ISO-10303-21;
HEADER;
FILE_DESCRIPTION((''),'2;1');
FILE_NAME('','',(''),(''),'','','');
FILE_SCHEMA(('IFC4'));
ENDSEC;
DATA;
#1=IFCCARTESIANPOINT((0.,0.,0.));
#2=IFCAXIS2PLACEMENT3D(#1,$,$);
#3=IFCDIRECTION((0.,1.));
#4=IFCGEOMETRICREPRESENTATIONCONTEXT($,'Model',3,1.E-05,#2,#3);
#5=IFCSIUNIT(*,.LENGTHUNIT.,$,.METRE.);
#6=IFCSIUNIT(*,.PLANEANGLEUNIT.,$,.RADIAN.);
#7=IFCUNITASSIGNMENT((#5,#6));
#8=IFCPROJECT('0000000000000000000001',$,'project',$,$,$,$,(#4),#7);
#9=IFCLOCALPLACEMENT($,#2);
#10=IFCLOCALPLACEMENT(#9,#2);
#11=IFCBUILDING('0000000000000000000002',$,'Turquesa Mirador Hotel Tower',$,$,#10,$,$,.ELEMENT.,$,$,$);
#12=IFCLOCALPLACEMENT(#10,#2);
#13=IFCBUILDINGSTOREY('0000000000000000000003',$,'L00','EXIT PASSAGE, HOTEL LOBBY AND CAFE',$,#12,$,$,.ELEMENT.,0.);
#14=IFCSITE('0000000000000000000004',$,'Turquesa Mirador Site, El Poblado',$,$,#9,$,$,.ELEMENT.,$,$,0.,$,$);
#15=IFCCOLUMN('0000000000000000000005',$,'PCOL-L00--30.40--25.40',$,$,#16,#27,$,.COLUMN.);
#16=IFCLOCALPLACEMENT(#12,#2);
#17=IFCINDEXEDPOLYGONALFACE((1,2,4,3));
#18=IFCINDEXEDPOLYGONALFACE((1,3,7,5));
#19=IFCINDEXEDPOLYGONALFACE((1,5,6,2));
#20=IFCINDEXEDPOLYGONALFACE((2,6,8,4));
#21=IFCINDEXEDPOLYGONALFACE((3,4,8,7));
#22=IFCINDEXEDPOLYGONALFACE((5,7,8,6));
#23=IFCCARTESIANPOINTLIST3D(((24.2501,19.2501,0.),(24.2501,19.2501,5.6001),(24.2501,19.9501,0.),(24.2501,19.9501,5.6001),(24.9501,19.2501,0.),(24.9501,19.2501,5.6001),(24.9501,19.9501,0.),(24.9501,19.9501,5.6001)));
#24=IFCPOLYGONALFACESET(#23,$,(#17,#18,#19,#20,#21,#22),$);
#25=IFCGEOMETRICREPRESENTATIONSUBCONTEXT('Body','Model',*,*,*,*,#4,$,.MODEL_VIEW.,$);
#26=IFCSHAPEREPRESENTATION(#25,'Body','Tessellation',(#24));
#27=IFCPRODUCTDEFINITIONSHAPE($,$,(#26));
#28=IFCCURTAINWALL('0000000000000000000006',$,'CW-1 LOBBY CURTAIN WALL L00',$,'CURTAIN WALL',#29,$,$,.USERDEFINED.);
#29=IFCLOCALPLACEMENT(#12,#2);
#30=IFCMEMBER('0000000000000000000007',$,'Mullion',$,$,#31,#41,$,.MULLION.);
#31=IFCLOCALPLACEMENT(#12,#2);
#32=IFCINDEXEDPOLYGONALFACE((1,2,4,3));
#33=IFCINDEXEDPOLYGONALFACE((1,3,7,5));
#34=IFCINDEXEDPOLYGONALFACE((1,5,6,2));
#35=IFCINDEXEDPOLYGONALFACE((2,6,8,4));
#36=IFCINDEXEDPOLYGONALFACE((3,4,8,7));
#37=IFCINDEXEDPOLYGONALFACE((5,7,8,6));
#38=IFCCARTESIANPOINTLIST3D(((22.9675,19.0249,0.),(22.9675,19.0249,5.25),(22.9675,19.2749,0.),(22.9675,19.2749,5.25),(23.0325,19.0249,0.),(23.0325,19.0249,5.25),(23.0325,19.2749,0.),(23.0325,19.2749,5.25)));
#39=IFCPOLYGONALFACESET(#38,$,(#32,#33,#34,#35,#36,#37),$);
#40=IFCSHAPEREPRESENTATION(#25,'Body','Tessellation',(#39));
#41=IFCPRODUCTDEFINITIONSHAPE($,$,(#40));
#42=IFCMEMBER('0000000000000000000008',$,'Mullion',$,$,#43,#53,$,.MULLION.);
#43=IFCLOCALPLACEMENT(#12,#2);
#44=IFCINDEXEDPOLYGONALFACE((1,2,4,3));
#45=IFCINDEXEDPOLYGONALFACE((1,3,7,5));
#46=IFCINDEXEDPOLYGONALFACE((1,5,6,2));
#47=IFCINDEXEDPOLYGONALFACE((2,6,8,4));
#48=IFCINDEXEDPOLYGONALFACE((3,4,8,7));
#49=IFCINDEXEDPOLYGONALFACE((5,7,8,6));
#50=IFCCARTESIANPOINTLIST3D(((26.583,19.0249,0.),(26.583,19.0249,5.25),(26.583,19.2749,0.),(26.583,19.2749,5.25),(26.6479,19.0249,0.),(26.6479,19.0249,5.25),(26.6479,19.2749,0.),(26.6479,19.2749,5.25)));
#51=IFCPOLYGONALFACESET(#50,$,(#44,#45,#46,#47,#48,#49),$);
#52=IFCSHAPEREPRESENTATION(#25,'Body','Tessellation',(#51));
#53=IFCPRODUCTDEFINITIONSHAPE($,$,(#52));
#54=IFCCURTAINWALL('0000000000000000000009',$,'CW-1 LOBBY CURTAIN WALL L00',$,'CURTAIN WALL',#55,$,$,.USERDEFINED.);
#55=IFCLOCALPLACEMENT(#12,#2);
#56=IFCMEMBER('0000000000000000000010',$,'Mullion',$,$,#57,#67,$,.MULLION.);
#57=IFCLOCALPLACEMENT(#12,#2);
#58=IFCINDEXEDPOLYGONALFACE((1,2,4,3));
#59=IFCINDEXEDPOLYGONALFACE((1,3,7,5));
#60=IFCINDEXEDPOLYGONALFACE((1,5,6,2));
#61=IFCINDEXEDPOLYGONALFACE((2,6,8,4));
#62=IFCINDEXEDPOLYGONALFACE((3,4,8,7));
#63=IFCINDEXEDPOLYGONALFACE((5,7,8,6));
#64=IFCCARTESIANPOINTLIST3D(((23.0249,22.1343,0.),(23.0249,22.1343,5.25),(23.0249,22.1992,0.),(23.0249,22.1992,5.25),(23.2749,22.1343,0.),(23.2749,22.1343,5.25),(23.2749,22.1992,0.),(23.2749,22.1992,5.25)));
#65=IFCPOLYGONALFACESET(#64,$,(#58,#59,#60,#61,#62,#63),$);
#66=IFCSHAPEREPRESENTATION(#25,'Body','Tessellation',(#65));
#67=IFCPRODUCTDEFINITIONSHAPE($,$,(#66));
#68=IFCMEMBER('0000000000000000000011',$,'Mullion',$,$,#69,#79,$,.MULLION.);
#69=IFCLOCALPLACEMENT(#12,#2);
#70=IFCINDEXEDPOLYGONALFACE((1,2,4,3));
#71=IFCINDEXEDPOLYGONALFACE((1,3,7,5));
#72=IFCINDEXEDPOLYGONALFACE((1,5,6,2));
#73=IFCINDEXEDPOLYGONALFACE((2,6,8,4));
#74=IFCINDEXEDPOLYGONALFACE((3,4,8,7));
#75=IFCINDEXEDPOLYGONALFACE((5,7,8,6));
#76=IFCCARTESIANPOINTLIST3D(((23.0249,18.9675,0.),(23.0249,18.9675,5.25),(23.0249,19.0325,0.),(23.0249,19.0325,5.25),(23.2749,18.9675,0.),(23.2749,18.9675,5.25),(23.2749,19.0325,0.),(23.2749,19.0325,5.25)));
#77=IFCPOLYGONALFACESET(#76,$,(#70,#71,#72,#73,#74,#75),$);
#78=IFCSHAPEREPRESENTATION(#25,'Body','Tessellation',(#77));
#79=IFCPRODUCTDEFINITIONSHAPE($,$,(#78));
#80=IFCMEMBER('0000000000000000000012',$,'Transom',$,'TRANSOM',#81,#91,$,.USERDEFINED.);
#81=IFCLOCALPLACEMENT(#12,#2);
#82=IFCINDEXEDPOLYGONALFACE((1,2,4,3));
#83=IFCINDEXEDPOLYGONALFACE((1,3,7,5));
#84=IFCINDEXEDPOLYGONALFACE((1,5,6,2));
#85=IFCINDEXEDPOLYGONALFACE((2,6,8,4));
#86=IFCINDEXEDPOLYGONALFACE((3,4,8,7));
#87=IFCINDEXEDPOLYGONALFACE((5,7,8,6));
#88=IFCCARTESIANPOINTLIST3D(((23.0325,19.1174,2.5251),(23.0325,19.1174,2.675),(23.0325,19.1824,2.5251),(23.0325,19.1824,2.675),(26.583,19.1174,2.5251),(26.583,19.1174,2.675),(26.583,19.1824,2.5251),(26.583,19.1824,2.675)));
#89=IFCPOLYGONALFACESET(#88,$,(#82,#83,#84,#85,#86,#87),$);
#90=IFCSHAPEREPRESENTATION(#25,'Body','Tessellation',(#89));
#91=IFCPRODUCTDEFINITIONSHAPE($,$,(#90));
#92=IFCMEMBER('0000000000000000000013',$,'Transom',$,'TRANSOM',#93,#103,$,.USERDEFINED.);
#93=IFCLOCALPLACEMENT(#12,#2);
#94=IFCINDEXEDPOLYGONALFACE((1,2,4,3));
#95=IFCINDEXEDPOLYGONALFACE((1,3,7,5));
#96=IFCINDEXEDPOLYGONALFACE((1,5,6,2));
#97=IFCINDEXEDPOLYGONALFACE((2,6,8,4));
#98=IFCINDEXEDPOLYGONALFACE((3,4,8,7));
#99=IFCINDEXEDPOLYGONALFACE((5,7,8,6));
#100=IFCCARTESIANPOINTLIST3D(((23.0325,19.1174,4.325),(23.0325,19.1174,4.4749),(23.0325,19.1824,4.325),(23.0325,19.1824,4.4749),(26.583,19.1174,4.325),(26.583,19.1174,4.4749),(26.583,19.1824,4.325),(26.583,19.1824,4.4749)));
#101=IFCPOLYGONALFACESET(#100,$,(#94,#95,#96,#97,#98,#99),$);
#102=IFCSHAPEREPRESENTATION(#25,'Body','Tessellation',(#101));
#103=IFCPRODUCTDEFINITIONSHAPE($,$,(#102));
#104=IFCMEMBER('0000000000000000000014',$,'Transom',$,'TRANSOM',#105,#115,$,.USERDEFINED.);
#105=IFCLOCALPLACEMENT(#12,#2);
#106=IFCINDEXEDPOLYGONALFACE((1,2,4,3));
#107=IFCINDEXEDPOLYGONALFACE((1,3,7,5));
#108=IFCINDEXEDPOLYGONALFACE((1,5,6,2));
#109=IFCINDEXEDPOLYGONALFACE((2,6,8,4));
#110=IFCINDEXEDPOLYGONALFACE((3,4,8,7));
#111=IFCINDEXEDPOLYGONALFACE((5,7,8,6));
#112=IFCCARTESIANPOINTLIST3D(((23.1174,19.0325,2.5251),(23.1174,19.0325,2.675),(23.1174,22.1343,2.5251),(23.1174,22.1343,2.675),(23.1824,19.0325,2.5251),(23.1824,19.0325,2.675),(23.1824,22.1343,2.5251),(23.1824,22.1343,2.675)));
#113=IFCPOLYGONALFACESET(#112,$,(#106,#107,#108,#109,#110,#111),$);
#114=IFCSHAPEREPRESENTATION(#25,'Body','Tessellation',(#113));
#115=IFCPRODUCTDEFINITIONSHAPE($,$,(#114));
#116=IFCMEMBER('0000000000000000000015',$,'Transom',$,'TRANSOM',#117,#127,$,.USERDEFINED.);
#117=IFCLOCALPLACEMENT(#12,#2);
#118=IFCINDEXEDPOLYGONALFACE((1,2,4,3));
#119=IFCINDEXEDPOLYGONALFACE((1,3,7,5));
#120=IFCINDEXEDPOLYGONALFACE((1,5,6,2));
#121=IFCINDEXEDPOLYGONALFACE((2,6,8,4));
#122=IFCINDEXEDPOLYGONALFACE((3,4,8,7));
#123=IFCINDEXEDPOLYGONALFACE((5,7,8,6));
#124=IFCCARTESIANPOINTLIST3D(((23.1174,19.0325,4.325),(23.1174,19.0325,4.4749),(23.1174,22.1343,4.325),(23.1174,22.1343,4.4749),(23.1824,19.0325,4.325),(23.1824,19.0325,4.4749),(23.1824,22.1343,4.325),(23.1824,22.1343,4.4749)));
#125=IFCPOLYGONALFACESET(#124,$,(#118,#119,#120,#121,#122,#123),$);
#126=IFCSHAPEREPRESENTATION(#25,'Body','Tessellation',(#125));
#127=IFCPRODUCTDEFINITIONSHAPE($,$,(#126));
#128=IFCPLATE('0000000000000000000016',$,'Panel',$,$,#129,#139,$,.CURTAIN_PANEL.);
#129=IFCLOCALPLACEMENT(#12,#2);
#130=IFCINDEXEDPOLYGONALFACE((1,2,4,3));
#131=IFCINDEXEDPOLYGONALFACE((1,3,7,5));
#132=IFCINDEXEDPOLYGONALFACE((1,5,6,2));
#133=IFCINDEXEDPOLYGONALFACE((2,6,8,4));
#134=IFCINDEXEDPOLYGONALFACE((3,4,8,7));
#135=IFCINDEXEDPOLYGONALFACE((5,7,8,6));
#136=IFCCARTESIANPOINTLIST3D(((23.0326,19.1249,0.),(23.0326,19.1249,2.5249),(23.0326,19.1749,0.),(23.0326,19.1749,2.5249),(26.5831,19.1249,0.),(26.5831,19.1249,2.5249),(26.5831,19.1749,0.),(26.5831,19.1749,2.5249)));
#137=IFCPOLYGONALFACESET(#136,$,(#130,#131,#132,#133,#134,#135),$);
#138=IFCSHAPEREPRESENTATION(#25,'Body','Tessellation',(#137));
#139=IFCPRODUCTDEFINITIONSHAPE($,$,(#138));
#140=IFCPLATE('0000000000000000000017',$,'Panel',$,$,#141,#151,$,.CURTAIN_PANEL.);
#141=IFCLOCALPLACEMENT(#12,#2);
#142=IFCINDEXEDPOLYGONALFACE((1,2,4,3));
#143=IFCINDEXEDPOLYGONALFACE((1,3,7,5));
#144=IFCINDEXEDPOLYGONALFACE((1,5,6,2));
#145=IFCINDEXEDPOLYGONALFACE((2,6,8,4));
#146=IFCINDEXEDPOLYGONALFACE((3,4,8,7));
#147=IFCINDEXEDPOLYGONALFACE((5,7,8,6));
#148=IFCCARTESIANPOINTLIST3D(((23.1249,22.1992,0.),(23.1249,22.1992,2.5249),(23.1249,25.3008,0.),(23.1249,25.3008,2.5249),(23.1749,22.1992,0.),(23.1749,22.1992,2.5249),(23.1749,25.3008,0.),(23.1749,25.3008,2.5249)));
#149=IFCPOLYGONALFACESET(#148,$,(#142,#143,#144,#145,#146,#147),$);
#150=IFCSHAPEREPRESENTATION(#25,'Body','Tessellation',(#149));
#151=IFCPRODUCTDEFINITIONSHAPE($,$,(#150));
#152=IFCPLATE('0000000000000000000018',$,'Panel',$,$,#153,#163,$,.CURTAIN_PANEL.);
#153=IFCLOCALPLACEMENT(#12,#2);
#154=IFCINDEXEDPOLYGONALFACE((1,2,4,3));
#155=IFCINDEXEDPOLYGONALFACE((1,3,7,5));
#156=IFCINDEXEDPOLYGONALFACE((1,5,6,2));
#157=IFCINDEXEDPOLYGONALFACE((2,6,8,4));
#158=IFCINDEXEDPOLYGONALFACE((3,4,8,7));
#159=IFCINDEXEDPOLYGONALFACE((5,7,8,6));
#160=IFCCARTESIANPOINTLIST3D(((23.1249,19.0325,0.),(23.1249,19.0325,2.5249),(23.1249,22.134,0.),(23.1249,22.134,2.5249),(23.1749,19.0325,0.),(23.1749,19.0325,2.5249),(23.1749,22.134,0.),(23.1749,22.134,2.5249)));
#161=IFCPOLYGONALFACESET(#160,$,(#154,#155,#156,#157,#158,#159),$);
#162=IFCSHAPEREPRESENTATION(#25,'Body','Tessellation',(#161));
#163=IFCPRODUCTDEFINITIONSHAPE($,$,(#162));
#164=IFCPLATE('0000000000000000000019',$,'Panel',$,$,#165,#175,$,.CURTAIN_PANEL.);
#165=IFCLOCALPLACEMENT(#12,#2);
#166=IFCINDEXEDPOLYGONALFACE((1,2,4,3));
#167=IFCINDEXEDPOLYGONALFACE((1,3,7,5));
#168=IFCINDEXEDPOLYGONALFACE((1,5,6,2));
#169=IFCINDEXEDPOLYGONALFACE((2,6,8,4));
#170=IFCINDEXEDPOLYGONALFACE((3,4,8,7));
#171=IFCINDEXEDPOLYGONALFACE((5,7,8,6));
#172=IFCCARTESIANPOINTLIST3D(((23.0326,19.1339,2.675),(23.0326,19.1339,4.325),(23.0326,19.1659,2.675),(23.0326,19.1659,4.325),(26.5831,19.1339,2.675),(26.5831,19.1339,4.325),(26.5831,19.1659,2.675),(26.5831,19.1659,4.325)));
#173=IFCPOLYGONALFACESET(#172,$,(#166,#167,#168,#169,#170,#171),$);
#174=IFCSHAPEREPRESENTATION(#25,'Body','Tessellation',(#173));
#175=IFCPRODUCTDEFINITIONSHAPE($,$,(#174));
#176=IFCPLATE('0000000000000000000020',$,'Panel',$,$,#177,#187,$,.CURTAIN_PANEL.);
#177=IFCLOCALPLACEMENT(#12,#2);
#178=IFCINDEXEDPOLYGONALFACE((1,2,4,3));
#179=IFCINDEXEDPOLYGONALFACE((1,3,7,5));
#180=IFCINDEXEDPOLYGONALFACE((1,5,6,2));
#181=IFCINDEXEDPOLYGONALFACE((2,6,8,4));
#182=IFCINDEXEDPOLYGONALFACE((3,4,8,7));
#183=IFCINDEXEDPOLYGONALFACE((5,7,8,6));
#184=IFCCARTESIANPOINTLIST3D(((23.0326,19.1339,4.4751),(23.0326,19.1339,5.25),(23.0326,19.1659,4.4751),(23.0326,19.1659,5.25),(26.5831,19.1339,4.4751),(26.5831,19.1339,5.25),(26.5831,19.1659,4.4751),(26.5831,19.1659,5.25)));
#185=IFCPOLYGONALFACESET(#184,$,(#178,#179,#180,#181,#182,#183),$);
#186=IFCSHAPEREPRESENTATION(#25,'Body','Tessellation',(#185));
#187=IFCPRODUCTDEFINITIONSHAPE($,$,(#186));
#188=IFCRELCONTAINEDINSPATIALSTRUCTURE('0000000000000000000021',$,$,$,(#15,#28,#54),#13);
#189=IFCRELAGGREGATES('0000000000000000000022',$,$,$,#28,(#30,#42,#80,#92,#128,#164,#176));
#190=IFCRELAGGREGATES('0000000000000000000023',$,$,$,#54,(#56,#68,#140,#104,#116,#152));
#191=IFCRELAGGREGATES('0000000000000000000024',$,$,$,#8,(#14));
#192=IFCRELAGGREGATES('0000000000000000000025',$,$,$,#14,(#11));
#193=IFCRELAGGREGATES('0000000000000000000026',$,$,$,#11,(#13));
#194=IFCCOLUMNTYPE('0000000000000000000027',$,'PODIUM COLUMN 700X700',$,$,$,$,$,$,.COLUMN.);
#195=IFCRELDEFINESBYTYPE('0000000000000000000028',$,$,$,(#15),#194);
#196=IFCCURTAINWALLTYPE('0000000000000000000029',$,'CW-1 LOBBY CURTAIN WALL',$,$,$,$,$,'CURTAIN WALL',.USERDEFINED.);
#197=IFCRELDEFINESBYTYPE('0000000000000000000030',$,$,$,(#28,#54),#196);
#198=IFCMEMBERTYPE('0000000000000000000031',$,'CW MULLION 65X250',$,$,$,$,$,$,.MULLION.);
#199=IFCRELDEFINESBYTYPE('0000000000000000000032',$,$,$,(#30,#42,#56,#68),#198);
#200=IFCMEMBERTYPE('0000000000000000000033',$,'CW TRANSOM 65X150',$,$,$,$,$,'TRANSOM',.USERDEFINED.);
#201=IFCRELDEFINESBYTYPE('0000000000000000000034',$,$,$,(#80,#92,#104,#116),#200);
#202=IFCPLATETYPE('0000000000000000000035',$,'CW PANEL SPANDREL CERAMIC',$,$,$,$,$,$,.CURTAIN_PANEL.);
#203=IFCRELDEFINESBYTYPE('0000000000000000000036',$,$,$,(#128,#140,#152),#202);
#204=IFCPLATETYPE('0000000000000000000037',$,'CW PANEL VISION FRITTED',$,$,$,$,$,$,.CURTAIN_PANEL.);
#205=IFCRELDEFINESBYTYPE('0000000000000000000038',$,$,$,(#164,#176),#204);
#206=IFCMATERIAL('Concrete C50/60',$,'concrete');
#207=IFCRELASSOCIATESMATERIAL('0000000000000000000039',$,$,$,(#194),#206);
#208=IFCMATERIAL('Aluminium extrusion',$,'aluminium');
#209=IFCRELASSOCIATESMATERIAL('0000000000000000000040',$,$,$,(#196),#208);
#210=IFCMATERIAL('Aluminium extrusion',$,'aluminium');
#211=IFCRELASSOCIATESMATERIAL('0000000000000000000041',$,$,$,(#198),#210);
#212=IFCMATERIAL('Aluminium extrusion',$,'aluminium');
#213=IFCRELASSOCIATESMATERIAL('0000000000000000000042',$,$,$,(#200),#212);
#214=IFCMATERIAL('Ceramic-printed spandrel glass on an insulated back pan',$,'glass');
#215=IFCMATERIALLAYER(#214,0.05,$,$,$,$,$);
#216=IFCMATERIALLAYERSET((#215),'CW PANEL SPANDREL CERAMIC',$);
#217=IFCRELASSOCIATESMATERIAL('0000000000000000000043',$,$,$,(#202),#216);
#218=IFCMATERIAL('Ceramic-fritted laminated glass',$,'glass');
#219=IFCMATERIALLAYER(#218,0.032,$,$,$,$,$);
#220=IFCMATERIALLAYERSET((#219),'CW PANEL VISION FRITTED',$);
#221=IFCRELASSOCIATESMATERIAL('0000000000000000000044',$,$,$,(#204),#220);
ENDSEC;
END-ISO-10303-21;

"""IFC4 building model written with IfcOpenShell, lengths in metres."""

from ifc_helpers import new_model, si_unit, direction, frame, origin, origin_2d, place, context, subcontext, project, spatial, rectangle, extrude, material, layer, layer_set, material_profile, profile_set, type_object, element, aggregate, save


model = new_model("IFC4")

# Units and contexts
model_context = context("Model", 3, precision=1e-05, world=origin(), true_north=direction((0.0, 1.0)))
body_context = subcontext(model_context, "Body", "Model", "MODEL_VIEW")
ifc_project = project(units=[si_unit("LENGTHUNIT", "METRE"), si_unit("PLANEANGLEUNIT", "RADIAN")], contexts=[model_context])

# Site, building, storey
site_placement = place(None, origin())
site = spatial("IfcSite", under=ifc_project, at=site_placement, Name="Turquesa Mirador Site, El Poblado", CompositionType="ELEMENT", RefElevation=0.0)
building_placement = place(site_placement, origin())
building = spatial("IfcBuilding", under=site, at=building_placement, Name="Turquesa Mirador Hotel Tower", CompositionType="ELEMENT")
storey_placement = place(building_placement, origin())
storey = spatial("IfcBuildingStorey", under=building, at=storey_placement, Name="L00", Description="EXIT PASSAGE, HOTEL LOBBY AND CAFE", CompositionType="ELEMENT", Elevation=0.0)

# Column
ifc_material_1 = material(Name="Concrete C50/60", Category="concrete")
ifc_material_profile_1 = material_profile(ifc_material_1, rectangle(XDim=0.7, YDim=0.7, at=origin_2d()), Name="RC 700X700")
ifc_profile_set_1 = profile_set([ifc_material_profile_1], Name="Concrete C50/60")
column_type = type_object("IfcColumnType", Name="PODIUM COLUMN 700X700", PredefinedType="COLUMN", material=ifc_profile_set_1)
column_placement = place(storey_placement, frame((24.6001, 19.6001, 0.0), z_axis=(0.0, 0.0, 1.0), x_axis=(1.0, 0.0, 0.0)))
element("IfcColumn", 1, at=column_placement, inside=storey, type_object=column_type, Name="PCOL-L00--30.40--25.40", PredefinedType="COLUMN", context=body_context, shape_type="SweptSolid", body=[
    extrude(rectangle(XDim=0.7, YDim=0.7, at=origin_2d()), origin(), (0.0, 0.0, 1.0), 5.6001),
])

# Curtain walls, members
ifc_material_2 = material(Name="Aluminium extrusion", Category="aluminium")
curtain_wall_type = type_object("IfcCurtainWallType", Name="CW-1 LOBBY CURTAIN WALL", ElementType="CURTAIN WALL", PredefinedType="USERDEFINED", material=ifc_material_2)
curtain_wall_1_placement = place(storey_placement, origin())
curtain_wall_1 = element("IfcCurtainWall", 2, at=curtain_wall_1_placement, inside=storey, type_object=curtain_wall_type, Name="CW-1 LOBBY CURTAIN WALL L00", ObjectType="CURTAIN WALL", PredefinedType="USERDEFINED")
ifc_material_3 = material(Name="Aluminium extrusion", Category="aluminium")
ifc_material_profile_2 = material_profile(ifc_material_3, rectangle(XDim=0.0649, YDim=0.25, at=origin_2d()), Name="MULLION 65X250")
ifc_profile_set_2 = profile_set([ifc_material_profile_2], Name="Aluminium extrusion")
member_type_1 = type_object("IfcMemberType", Name="CW MULLION 65X250", PredefinedType="MULLION", material=ifc_profile_set_2)
member_1_placement = place(storey_placement, frame((23.0, 19.1499, 0.0), z_axis=(0.0, 0.0, 1.0), x_axis=(1.0, 0.0, 0.0)))
member_1 = element("IfcMember", 3, at=member_1_placement, type_object=member_type_1, Name="Mullion", PredefinedType="MULLION", context=body_context, shape_type="SweptSolid", body=[
    extrude(rectangle(XDim=0.0649, YDim=0.25, at=origin_2d()), origin(), (0.0, 0.0, 1.0), 5.25),
])
member_2_placement = place(storey_placement, frame((26.6155, 19.1499, 0.0), z_axis=(0.0, 0.0, 1.0), x_axis=(1.0, 0.0, 0.0)))
member_2 = element("IfcMember", 4, at=member_2_placement, type_object=member_type_1, Name="Mullion", PredefinedType="MULLION", context=body_context, shape_type="SweptSolid", body=[
    extrude(rectangle(XDim=0.0649, YDim=0.25, at=origin_2d()), origin(), (0.0, 0.0, 1.0), 5.25),
])
curtain_wall_2_placement = place(storey_placement, origin())
curtain_wall_2 = element("IfcCurtainWall", 5, at=curtain_wall_2_placement, inside=storey, type_object=curtain_wall_type, Name="CW-1 LOBBY CURTAIN WALL L00", ObjectType="CURTAIN WALL", PredefinedType="USERDEFINED")
member_3_placement = place(storey_placement, frame((23.1499, 22.1667, 0.0), z_axis=(0.0, 0.0, 1.0), x_axis=(0.0, -1.0, 0.0)))
member_3 = element("IfcMember", 6, at=member_3_placement, type_object=member_type_1, Name="Mullion", PredefinedType="MULLION", context=body_context, shape_type="SweptSolid", body=[
    extrude(rectangle(XDim=0.0649, YDim=0.25, at=origin_2d()), origin(), (0.0, 0.0, 1.0), 5.25),
])
member_4_placement = place(storey_placement, frame((23.1499, 19.0, 0.0), z_axis=(0.0, 0.0, 1.0), x_axis=(0.0, -1.0, 0.0)))
member_4 = element("IfcMember", 7, at=member_4_placement, type_object=member_type_1, Name="Mullion", PredefinedType="MULLION", context=body_context, shape_type="SweptSolid", body=[
    extrude(rectangle(XDim=0.0649, YDim=0.25, at=origin_2d()), origin(), (0.0, 0.0, 1.0), 5.25),
])

# Members
ifc_material_4 = material(Name="Aluminium extrusion", Category="aluminium")
ifc_material_profile_3 = material_profile(ifc_material_4, rectangle(XDim=0.0649, YDim=0.1499, at=origin_2d()), Name="TRANSOM 65X150")
ifc_profile_set_3 = profile_set([ifc_material_profile_3], Name="Aluminium extrusion")
member_type_2 = type_object("IfcMemberType", Name="CW TRANSOM 65X150", ElementType="TRANSOM", PredefinedType="USERDEFINED", material=ifc_profile_set_3)
member_5_placement = place(storey_placement, frame((23.0325, 19.1499, 2.6001), z_axis=(1.0, 0.0, 0.0), x_axis=(0.0, 1.0, 0.0)))
member_5 = element("IfcMember", 8, at=member_5_placement, type_object=member_type_2, Name="Transom", ObjectType="TRANSOM", PredefinedType="USERDEFINED", context=body_context, shape_type="SweptSolid", body=[
    extrude(rectangle(XDim=0.0649, YDim=0.1499, at=origin_2d()), origin(), (0.0, 0.0, 1.0), 3.5505),
])
member_6_placement = place(storey_placement, frame((23.0325, 19.1499, 4.3999), z_axis=(1.0, 0.0, 0.0), x_axis=(0.0, 1.0, 0.0)))
member_6 = element("IfcMember", 9, at=member_6_placement, type_object=member_type_2, Name="Transom", ObjectType="TRANSOM", PredefinedType="USERDEFINED", context=body_context, shape_type="SweptSolid", body=[
    extrude(rectangle(XDim=0.0649, YDim=0.1499, at=origin_2d()), origin(), (0.0, 0.0, 1.0), 3.5505),
])
member_7_placement = place(storey_placement, frame((23.1499, 22.1343, 2.6001), z_axis=(0.0, -1.0, 0.0), x_axis=(1.0, 0.0, 0.0)))
member_7 = element("IfcMember", 10, at=member_7_placement, type_object=member_type_2, Name="Transom", ObjectType="TRANSOM", PredefinedType="USERDEFINED", context=body_context, shape_type="SweptSolid", body=[
    extrude(rectangle(XDim=0.0649, YDim=0.1499, at=origin_2d()), origin(), (0.0, 0.0, 1.0), 3.1018),
])
member_8_placement = place(storey_placement, frame((23.1499, 22.1343, 4.3999), z_axis=(0.0, -1.0, 0.0), x_axis=(1.0, 0.0, 0.0)))
member_8 = element("IfcMember", 11, at=member_8_placement, type_object=member_type_2, Name="Transom", ObjectType="TRANSOM", PredefinedType="USERDEFINED", context=body_context, shape_type="SweptSolid", body=[
    extrude(rectangle(XDim=0.0649, YDim=0.1499, at=origin_2d()), origin(), (0.0, 0.0, 1.0), 3.1018),
])

# Plates
ifc_material_5 = material(Name="Ceramic-printed spandrel glass on an insulated back pan", Category="glass")
ifc_layer_1 = layer(ifc_material_5, 0.05)
ifc_layer_set_1 = layer_set([ifc_layer_1], Name="CW PANEL SPANDREL CERAMIC")
plate_type_1 = type_object("IfcPlateType", Name="CW PANEL SPANDREL CERAMIC", PredefinedType="CURTAIN_PANEL", material=ifc_layer_set_1)
plate_1_placement = place(storey_placement, frame((24.8079, 19.1499, 0.0), z_axis=(0.0, 0.0, 1.0), x_axis=(1.0, 0.0, 0.0)))
plate_1 = element("IfcPlate", 12, at=plate_1_placement, type_object=plate_type_1, Name="Panel", PredefinedType="CURTAIN_PANEL", context=body_context, shape_type="SweptSolid", body=[
    extrude(rectangle(XDim=3.5505, YDim=0.05, at=origin_2d()), origin(), (0.0, 0.0, 1.0), 2.5249),
])
plate_2_placement = place(storey_placement, frame((23.1499, 23.75, 0.0), z_axis=(0.0, 0.0, 1.0), x_axis=(0.0, -1.0, 0.0)))
plate_2 = element("IfcPlate", 13, at=plate_2_placement, type_object=plate_type_1, Name="Panel", PredefinedType="CURTAIN_PANEL", context=body_context, shape_type="SweptSolid", body=[
    extrude(rectangle(XDim=3.1016, YDim=0.05, at=origin_2d()), origin(), (0.0, 0.0, 1.0), 2.5249),
])
plate_3_placement = place(storey_placement, frame((23.1499, 20.5833, 0.0), z_axis=(0.0, 0.0, 1.0), x_axis=(0.0, -1.0, 0.0)))
plate_3 = element("IfcPlate", 14, at=plate_3_placement, type_object=plate_type_1, Name="Panel", PredefinedType="CURTAIN_PANEL", context=body_context, shape_type="SweptSolid", body=[
    extrude(rectangle(XDim=3.1016, YDim=0.05, at=origin_2d()), origin(), (0.0, 0.0, 1.0), 2.5249),
])
ifc_material_6 = material(Name="Ceramic-fritted laminated glass", Category="glass")
ifc_layer_2 = layer(ifc_material_6, 0.032)
ifc_layer_set_2 = layer_set([ifc_layer_2], Name="CW PANEL VISION FRITTED")
plate_type_2 = type_object("IfcPlateType", Name="CW PANEL VISION FRITTED", PredefinedType="CURTAIN_PANEL", material=ifc_layer_set_2)
plate_4_placement = place(storey_placement, frame((24.8079, 19.1499, 2.675), z_axis=(0.0, 0.0, 1.0), x_axis=(1.0, 0.0, 0.0)))
plate_4 = element("IfcPlate", 15, at=plate_4_placement, type_object=plate_type_2, Name="Panel", PredefinedType="CURTAIN_PANEL", context=body_context, shape_type="SweptSolid", body=[
    extrude(rectangle(XDim=3.5505, YDim=0.032, at=origin_2d()), origin(), (0.0, 0.0, 1.0), 1.6499),
])
plate_5_placement = place(storey_placement, frame((24.8079, 19.1499, 4.4751), z_axis=(0.0, 0.0, 1.0), x_axis=(1.0, 0.0, 0.0)))
plate_5 = element("IfcPlate", 16, at=plate_5_placement, type_object=plate_type_2, Name="Panel", PredefinedType="CURTAIN_PANEL", context=body_context, shape_type="SweptSolid", body=[
    extrude(rectangle(XDim=3.5505, YDim=0.032, at=origin_2d()), origin(), (0.0, 0.0, 1.0), 0.7749),
])
aggregate(curtain_wall_1, [member_1, member_2, member_5, member_6, plate_1, plate_4, plate_5])
aggregate(curtain_wall_2, [member_3, member_4, plate_2, member_7, member_8, plate_3])

save(model, "model.ifc")
